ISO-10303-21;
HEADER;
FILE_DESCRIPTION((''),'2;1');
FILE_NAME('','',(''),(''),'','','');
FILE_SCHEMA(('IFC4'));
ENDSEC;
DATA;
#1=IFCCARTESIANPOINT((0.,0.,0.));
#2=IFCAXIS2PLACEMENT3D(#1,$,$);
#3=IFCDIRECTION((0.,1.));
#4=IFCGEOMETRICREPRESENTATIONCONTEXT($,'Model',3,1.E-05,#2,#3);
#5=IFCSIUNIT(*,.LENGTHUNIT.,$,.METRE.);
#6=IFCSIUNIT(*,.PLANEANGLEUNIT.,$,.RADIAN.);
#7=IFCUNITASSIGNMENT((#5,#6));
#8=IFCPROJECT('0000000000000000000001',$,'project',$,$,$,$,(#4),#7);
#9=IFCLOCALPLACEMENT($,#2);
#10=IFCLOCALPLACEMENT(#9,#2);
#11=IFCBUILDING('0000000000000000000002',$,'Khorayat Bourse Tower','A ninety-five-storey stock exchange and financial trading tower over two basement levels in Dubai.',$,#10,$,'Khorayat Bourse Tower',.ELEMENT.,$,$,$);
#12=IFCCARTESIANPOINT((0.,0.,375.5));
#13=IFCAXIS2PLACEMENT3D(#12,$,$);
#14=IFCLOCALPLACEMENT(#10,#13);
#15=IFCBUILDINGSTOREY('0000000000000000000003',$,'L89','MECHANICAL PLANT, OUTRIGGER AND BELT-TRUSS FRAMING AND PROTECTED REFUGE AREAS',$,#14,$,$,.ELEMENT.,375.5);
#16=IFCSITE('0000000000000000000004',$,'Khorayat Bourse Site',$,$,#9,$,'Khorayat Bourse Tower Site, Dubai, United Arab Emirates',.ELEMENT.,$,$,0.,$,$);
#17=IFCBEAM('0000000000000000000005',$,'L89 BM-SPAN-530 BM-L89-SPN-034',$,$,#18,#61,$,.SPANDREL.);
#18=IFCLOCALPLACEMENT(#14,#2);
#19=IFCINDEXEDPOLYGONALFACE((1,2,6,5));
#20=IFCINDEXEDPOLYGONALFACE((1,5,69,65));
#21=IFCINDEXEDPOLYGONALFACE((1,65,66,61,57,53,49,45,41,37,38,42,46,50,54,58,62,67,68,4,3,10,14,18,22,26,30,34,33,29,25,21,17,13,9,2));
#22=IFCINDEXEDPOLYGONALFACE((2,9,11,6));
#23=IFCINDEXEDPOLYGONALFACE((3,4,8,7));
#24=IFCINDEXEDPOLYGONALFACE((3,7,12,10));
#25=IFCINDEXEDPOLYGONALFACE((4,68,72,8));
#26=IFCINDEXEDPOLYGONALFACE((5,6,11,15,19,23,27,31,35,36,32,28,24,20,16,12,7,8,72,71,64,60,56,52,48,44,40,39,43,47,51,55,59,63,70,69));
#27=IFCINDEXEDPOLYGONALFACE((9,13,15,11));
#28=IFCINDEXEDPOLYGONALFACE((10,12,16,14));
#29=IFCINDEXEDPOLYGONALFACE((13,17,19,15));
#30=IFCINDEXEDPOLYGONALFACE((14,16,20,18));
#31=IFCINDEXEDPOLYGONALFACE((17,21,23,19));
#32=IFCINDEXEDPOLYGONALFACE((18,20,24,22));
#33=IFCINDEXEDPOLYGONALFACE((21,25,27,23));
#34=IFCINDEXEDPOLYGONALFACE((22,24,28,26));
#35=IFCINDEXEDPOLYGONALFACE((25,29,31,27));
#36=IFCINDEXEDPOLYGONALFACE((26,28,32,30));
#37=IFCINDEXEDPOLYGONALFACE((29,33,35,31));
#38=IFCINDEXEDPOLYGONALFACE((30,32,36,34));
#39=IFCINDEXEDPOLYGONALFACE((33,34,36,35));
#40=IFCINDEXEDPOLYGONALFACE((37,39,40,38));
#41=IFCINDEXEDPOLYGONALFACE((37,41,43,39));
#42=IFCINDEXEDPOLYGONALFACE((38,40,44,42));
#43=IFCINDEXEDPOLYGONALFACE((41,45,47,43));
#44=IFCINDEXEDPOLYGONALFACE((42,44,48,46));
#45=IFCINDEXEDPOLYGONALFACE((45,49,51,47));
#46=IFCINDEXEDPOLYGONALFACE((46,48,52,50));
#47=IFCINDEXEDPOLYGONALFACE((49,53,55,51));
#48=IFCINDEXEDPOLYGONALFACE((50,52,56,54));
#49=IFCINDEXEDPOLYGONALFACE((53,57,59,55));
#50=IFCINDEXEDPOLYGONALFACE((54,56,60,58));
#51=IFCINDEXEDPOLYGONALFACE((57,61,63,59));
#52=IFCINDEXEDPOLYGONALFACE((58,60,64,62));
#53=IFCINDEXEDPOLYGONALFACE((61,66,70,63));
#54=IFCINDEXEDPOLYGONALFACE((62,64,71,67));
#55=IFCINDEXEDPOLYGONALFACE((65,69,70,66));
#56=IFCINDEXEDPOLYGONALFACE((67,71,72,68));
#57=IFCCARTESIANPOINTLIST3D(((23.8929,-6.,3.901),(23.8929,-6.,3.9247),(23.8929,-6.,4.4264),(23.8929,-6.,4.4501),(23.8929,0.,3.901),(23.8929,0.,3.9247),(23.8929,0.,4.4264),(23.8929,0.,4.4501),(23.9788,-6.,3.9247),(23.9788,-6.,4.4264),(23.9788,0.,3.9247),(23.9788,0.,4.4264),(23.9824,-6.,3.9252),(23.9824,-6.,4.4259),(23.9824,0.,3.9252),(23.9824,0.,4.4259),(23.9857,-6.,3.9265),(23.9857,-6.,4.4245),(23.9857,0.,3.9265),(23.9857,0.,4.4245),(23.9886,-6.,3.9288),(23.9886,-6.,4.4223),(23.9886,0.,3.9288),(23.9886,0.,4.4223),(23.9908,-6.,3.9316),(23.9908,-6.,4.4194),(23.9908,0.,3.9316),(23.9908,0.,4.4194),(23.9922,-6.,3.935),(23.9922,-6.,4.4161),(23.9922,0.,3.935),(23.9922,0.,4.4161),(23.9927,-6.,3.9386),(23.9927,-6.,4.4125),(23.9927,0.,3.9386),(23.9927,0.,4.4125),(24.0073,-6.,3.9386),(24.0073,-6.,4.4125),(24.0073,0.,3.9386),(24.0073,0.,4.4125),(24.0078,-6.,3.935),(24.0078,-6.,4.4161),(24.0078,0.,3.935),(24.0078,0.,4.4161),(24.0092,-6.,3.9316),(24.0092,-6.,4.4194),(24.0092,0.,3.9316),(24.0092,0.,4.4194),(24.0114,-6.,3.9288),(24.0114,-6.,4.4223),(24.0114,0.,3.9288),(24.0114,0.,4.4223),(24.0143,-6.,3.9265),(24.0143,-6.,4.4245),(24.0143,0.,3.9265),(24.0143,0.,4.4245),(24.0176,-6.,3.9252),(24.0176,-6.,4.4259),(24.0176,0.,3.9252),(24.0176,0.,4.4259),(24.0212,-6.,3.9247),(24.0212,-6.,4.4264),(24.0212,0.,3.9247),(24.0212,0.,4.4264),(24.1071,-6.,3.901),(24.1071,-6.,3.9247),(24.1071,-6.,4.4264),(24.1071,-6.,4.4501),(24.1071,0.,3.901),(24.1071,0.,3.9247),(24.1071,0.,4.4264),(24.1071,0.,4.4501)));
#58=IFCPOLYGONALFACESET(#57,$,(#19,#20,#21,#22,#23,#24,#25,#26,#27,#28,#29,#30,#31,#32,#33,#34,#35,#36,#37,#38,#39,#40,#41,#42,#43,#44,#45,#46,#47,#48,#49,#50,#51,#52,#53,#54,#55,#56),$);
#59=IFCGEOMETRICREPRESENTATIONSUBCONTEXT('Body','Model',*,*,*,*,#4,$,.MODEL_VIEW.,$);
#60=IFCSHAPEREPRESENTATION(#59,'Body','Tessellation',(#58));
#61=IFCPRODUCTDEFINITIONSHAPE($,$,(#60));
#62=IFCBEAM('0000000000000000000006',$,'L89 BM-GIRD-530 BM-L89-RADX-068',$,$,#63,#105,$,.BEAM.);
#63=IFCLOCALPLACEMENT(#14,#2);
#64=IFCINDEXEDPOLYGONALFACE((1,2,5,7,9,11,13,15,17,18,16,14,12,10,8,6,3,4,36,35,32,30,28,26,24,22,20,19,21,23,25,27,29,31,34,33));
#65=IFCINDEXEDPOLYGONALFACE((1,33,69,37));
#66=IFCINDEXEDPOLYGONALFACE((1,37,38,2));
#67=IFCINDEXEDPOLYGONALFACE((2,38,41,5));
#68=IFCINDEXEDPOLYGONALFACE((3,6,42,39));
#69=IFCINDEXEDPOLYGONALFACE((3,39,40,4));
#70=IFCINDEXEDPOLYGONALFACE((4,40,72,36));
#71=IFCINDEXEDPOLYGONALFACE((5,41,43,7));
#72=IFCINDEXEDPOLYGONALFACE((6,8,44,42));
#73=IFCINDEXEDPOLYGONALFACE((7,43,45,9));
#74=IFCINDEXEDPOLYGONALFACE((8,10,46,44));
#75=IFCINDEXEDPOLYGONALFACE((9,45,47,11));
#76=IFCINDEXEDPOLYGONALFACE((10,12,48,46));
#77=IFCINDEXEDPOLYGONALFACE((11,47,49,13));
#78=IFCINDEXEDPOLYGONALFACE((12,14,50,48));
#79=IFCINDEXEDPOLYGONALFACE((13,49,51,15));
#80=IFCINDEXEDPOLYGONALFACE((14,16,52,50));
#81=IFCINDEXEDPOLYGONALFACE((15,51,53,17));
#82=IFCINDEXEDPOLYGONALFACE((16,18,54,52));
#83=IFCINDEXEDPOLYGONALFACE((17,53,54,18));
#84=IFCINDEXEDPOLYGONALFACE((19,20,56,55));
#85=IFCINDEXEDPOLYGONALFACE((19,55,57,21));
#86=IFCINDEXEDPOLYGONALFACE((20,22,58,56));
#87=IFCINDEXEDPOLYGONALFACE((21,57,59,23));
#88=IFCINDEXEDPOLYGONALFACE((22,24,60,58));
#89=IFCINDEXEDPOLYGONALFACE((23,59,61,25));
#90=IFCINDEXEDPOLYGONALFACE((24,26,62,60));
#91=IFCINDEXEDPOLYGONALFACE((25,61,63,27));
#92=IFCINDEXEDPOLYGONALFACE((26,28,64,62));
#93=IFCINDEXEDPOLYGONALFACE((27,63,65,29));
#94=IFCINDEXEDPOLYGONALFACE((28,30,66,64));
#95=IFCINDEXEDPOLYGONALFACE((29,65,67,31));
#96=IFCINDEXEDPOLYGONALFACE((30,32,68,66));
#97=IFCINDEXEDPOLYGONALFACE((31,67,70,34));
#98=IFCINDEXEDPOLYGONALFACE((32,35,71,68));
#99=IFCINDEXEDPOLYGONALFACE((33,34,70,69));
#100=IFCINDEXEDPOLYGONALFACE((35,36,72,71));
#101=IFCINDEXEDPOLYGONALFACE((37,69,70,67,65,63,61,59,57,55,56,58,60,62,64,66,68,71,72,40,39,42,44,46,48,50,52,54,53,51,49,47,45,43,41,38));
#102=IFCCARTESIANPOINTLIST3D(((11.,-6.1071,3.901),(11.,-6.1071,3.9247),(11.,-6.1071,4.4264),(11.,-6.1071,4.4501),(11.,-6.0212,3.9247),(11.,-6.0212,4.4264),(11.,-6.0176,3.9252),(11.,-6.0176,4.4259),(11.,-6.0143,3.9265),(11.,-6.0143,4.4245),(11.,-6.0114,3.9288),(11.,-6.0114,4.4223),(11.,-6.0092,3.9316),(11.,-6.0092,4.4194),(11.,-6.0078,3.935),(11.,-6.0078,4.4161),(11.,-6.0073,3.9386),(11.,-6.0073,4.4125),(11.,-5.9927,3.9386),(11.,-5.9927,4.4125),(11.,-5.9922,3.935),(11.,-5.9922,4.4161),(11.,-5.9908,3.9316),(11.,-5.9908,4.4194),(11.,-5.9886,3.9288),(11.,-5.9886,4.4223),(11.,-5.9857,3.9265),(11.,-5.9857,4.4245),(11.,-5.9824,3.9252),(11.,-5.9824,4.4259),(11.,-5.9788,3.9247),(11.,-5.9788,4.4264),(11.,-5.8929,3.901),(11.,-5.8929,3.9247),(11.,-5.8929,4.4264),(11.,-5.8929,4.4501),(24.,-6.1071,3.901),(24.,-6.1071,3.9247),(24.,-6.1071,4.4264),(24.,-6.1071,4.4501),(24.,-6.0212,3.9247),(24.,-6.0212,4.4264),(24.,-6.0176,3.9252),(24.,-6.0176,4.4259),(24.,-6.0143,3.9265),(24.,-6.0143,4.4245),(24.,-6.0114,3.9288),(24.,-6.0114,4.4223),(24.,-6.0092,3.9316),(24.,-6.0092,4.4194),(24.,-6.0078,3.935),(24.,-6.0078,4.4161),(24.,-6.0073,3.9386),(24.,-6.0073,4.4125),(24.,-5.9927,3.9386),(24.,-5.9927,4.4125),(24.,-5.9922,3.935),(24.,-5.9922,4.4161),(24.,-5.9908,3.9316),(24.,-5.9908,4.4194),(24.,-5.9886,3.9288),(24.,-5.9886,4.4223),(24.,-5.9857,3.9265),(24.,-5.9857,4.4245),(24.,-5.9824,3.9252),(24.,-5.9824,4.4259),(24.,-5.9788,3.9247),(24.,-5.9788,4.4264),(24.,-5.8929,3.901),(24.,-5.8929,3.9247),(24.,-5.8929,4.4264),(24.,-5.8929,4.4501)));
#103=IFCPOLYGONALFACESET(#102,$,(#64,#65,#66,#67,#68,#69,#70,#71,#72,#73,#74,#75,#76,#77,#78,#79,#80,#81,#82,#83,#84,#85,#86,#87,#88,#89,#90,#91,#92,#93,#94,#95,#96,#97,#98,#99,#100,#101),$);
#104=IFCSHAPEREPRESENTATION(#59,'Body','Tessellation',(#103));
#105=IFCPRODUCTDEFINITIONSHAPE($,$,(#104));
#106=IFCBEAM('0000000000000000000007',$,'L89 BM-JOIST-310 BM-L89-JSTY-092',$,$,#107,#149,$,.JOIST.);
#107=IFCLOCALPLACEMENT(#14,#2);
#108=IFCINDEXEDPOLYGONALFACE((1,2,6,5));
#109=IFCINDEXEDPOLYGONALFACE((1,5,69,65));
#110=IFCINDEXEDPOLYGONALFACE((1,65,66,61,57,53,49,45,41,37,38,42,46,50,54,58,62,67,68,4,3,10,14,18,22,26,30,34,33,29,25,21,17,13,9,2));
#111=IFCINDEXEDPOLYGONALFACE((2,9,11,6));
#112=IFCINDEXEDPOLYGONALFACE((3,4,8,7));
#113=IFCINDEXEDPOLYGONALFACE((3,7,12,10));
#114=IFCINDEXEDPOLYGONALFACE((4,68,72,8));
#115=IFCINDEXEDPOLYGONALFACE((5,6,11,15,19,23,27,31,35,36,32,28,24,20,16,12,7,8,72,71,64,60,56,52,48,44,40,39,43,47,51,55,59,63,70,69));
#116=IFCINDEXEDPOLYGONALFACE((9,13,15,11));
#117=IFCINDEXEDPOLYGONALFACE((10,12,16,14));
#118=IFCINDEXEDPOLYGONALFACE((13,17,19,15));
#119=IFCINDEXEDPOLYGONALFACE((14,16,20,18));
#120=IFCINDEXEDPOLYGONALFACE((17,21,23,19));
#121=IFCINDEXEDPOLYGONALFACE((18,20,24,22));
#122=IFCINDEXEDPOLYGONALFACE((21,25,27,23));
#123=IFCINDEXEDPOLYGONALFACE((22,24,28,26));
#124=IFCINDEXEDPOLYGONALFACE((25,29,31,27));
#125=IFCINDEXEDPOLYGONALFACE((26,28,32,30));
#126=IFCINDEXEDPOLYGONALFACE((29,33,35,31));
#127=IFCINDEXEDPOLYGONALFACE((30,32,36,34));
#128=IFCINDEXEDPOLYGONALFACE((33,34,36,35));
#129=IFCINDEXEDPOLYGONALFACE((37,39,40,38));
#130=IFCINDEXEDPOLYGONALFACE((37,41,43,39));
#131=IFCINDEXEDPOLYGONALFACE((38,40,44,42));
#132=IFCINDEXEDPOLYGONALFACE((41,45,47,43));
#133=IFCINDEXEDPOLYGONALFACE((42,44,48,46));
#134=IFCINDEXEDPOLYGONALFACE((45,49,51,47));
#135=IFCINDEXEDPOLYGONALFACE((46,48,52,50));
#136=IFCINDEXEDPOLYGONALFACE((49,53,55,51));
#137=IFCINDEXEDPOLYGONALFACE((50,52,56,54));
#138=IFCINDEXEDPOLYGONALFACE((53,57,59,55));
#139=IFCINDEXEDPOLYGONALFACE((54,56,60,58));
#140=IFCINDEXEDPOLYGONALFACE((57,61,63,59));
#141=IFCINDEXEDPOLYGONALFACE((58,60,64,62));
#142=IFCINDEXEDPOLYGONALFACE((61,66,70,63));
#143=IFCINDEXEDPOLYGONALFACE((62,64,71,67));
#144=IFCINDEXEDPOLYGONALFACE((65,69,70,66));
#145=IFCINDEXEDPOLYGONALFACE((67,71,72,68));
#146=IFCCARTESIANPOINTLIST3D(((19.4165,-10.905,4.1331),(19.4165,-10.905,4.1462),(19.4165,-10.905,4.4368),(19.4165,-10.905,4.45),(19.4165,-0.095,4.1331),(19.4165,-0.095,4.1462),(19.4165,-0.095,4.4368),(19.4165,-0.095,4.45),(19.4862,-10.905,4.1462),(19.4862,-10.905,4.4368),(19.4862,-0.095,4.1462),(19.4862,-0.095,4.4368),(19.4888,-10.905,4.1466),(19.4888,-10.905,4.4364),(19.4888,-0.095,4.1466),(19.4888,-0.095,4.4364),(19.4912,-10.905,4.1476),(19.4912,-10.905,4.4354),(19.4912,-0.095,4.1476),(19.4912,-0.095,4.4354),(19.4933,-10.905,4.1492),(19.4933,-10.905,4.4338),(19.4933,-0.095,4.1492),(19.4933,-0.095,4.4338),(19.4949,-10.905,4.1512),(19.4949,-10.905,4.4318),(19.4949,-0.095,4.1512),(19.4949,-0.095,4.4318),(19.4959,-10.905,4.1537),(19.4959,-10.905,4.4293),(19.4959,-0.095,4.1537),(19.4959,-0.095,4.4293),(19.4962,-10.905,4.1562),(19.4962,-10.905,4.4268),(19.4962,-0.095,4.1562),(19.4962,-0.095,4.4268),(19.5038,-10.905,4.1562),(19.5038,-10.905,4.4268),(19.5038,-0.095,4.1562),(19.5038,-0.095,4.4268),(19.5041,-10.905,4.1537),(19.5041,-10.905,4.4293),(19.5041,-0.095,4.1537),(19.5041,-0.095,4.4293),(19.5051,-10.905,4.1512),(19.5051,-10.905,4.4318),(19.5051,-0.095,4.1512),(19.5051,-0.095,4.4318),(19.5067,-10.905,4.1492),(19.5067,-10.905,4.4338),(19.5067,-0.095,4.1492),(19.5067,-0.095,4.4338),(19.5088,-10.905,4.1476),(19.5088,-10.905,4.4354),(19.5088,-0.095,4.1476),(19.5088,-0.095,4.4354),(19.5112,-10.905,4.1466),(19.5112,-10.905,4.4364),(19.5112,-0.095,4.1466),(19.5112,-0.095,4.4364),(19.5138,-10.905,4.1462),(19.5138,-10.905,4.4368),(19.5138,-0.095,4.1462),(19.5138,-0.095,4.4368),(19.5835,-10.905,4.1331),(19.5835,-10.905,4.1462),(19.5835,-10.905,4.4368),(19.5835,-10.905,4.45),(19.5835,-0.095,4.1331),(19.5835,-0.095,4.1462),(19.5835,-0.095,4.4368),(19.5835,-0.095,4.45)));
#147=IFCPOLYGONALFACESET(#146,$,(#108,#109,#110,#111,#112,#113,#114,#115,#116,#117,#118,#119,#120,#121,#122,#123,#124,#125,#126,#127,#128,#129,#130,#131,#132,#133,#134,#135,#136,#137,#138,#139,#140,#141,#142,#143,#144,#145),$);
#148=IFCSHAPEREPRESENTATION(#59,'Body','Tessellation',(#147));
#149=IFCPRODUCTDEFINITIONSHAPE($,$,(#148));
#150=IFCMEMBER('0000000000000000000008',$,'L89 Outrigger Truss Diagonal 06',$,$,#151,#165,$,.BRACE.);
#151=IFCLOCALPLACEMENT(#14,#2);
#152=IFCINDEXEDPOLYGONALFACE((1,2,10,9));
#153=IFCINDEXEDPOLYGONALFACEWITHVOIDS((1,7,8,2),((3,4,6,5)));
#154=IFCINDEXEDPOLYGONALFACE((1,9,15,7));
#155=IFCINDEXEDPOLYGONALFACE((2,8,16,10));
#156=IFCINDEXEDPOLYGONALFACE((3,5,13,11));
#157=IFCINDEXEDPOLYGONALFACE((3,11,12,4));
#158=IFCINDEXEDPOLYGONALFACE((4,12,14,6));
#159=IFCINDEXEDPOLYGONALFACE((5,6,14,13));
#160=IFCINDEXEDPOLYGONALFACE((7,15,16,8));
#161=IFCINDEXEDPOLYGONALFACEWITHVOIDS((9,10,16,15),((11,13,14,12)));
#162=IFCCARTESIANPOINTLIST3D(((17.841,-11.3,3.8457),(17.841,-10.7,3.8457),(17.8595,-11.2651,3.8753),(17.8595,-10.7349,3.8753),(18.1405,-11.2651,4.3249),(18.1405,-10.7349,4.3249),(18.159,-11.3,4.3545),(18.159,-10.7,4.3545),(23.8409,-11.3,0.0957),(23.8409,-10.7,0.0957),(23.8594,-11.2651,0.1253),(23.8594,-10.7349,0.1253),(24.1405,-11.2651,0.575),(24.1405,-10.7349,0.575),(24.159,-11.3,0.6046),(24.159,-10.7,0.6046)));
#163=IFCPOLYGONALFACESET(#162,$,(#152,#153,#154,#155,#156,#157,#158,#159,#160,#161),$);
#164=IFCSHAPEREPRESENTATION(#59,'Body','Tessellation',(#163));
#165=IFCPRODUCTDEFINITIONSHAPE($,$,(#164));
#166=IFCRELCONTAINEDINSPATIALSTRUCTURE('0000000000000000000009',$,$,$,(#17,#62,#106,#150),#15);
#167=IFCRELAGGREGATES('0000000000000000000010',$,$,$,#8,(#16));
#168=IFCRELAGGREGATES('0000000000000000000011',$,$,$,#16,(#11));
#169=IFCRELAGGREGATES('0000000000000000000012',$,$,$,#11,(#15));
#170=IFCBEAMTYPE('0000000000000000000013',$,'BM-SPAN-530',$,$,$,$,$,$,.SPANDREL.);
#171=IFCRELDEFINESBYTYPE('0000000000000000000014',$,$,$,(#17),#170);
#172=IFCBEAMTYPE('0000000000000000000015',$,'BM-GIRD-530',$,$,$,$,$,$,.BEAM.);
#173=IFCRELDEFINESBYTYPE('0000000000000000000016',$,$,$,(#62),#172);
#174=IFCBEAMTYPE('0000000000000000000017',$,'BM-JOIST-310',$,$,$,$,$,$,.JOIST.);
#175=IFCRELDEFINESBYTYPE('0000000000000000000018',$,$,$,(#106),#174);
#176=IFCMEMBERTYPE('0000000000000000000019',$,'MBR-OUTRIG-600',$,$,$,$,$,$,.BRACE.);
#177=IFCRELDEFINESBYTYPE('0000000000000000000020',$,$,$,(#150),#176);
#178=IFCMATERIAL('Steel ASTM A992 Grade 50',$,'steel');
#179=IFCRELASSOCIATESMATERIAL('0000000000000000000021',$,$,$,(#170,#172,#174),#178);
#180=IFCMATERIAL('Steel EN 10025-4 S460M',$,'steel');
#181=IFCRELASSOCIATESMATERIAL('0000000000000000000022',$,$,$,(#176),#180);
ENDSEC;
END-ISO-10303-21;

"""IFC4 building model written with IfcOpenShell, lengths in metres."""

from ifc_helpers import new_model, si_unit, direction, frame, origin, origin_2d, place, context, subcontext, project, spatial, hollow_rectangle, i_section, extrude, source, transform, mapped, material, material_profile, profile_set, type_object, element, save


model = new_model("IFC4")

# Units and contexts
model_context = context("Model", 3, precision=1e-05, world=origin(), true_north=direction((0.0, 1.0)))
body_context = subcontext(model_context, "Body", "Model", "MODEL_VIEW")
ifc_project = project(units=[si_unit("LENGTHUNIT", "METRE"), si_unit("PLANEANGLEUNIT", "RADIAN")], contexts=[model_context])

# Site, building, storey
site_placement = place(None, origin())
site = spatial("IfcSite", under=ifc_project, at=site_placement, Name="Khorayat Bourse Site", LongName="Khorayat Bourse Tower Site, Dubai, United Arab Emirates", CompositionType="ELEMENT", RefElevation=0.0)
building_placement = place(site_placement, origin())
building = spatial("IfcBuilding", under=site, at=building_placement, Name="Khorayat Bourse Tower", Description="A ninety-five-storey stock exchange and financial trading tower over two basement levels in Dubai.", LongName="Khorayat Bourse Tower", CompositionType="ELEMENT")
storey_placement = place(building_placement, frame((0.0, 0.0, 375.5)))
storey = spatial("IfcBuildingStorey", under=building, at=storey_placement, Name="L89", Description="MECHANICAL PLANT, OUTRIGGER AND BELT-TRUSS FRAMING AND PROTECTED REFUGE AREAS", CompositionType="ELEMENT", Elevation=375.5)

# Shared definitions
ifc_material_1 = material(Name="Steel EN 10025-4 S460M", Category="steel")

# Beams
ifc_material_2 = material(Name="Steel ASTM A992 Grade 50", Category="steel")
ifc_material_profile_1 = material_profile(ifc_material_2, i_section(OverallWidth=0.2141, OverallDepth=0.5491, WebThickness=0.0146, FlangeThickness=0.0237, FilletRadius=0.0139, at=origin_2d()), Name="W530X138")
ifc_profile_set_1 = profile_set([ifc_material_profile_1], Name="Steel ASTM A992 Grade 50")
beam_type_1 = type_object("IfcBeamType", Name="BM-SPAN-530", PredefinedType="SPANDREL", material=ifc_profile_set_1)
shared_shape_1 = source(origin(), body_context, "Body", "SweptSolid", [
    extrude(i_section(OverallWidth=0.2141, OverallDepth=0.5491, WebThickness=0.0146, FlangeThickness=0.0237, FilletRadius=0.0139, at=origin_2d()), origin(), (0.0, 0.0, 1.0), 6.0),
])
beam_1_placement = place(storey_placement, frame((24.0, -6.0, 4.1755), z_axis=(0.0, 1.0, 0.0), x_axis=(-1.0, 0.0, 0.0)))
element("IfcBeam", 1, at=beam_1_placement, inside=storey, type_object=beam_type_1, Name="L89 BM-SPAN-530 BM-L89-SPN-034", PredefinedType="SPANDREL", context=body_context, shape_type="MappedRepresentation", body=[
    mapped(shared_shape_1, transform((0.0, 0.0, 0.0), scale=1.0)),
])
ifc_material_profile_2 = material_profile(ifc_material_2, i_section(OverallWidth=0.2141, OverallDepth=0.5491, WebThickness=0.0146, FlangeThickness=0.0237, FilletRadius=0.0139, at=origin_2d()), Name="W530X138")
ifc_profile_set_2 = profile_set([ifc_material_profile_2], Name="Steel ASTM A992 Grade 50")
beam_type_2 = type_object("IfcBeamType", Name="BM-GIRD-530", PredefinedType="BEAM", material=ifc_profile_set_2)
shared_shape_2 = source(origin(), body_context, "Body", "SweptSolid", [
    extrude(i_section(OverallWidth=0.2141, OverallDepth=0.5491, WebThickness=0.0146, FlangeThickness=0.0237, FilletRadius=0.0139, at=origin_2d()), origin(), (0.0, 0.0, 1.0), 13.0),
])
beam_2_placement = place(storey_placement, frame((11.0, -6.0, 4.1755), z_axis=(1.0, 0.0, 0.0), x_axis=(0.0, 1.0, 0.0)))
element("IfcBeam", 2, at=beam_2_placement, inside=storey, type_object=beam_type_2, Name="L89 BM-GIRD-530 BM-L89-RADX-068", PredefinedType="BEAM", context=body_context, shape_type="MappedRepresentation", body=[
    mapped(shared_shape_2, transform((0.0, 0.0, 0.0), scale=1.0)),
])
ifc_material_profile_3 = material_profile(ifc_material_2, i_section(OverallWidth=0.167, OverallDepth=0.3169, WebThickness=0.0076, FlangeThickness=0.0132, FilletRadius=0.01, at=origin_2d()), Name="W310X52")
ifc_profile_set_3 = profile_set([ifc_material_profile_3], Name="Steel ASTM A992 Grade 50")
beam_type_3 = type_object("IfcBeamType", Name="BM-JOIST-310", PredefinedType="JOIST", material=ifc_profile_set_3)
shared_shape_3 = source(origin(), body_context, "Body", "SweptSolid", [
    extrude(i_section(OverallWidth=0.167, OverallDepth=0.3169, WebThickness=0.0076, FlangeThickness=0.0132, FilletRadius=0.01, at=origin_2d()), origin(), (0.0, 0.0, 1.0), 10.8101),
])
beam_3_placement = place(storey_placement, frame((19.5, -10.905, 4.2915), z_axis=(0.0, 1.0, 0.0), x_axis=(-1.0, 0.0, 0.0)))
element("IfcBeam", 3, at=beam_3_placement, inside=storey, type_object=beam_type_3, Name="L89 BM-JOIST-310 BM-L89-JSTY-092", PredefinedType="JOIST", context=body_context, shape_type="MappedRepresentation", body=[
    mapped(shared_shape_3, transform((0.0, 0.0, 0.0), scale=1.0)),
])

# Member
ifc_material_profile_4 = material_profile(ifc_material_1, hollow_rectangle(XDim=0.6001, YDim=0.6001, WallThickness=0.0349, at=origin_2d()), Name="BOX 600x600x35")
ifc_profile_set_4 = profile_set([ifc_material_profile_4], Name="Steel EN 10025-4 S460M")
member_type_1 = type_object("IfcMemberType", Name="MBR-OUTRIG-600", PredefinedType="BRACE", material=ifc_profile_set_4)
shared_shape_4 = source(origin(), body_context, "Body", "SweptSolid", [
    extrude(hollow_rectangle(XDim=0.6001, YDim=0.6001, WallThickness=0.0349, at=origin_2d()), origin(), (0.0, 0.0, 1.0), 7.0754),
])
member_1_placement = place(storey_placement, frame((18.0, -11.0, 4.1001), z_axis=(0.847998, 0.0, -0.529999), x_axis=(0.0, 1.0, 0.0)))
element("IfcMember", 4, at=member_1_placement, inside=storey, type_object=member_type_1, Name="L89 Outrigger Truss Diagonal 06", PredefinedType="BRACE", context=body_context, shape_type="MappedRepresentation", body=[
    mapped(shared_shape_4, transform((0.0, 0.0, 0.0), scale=1.0)),
])

save(model, "model.ifc")
